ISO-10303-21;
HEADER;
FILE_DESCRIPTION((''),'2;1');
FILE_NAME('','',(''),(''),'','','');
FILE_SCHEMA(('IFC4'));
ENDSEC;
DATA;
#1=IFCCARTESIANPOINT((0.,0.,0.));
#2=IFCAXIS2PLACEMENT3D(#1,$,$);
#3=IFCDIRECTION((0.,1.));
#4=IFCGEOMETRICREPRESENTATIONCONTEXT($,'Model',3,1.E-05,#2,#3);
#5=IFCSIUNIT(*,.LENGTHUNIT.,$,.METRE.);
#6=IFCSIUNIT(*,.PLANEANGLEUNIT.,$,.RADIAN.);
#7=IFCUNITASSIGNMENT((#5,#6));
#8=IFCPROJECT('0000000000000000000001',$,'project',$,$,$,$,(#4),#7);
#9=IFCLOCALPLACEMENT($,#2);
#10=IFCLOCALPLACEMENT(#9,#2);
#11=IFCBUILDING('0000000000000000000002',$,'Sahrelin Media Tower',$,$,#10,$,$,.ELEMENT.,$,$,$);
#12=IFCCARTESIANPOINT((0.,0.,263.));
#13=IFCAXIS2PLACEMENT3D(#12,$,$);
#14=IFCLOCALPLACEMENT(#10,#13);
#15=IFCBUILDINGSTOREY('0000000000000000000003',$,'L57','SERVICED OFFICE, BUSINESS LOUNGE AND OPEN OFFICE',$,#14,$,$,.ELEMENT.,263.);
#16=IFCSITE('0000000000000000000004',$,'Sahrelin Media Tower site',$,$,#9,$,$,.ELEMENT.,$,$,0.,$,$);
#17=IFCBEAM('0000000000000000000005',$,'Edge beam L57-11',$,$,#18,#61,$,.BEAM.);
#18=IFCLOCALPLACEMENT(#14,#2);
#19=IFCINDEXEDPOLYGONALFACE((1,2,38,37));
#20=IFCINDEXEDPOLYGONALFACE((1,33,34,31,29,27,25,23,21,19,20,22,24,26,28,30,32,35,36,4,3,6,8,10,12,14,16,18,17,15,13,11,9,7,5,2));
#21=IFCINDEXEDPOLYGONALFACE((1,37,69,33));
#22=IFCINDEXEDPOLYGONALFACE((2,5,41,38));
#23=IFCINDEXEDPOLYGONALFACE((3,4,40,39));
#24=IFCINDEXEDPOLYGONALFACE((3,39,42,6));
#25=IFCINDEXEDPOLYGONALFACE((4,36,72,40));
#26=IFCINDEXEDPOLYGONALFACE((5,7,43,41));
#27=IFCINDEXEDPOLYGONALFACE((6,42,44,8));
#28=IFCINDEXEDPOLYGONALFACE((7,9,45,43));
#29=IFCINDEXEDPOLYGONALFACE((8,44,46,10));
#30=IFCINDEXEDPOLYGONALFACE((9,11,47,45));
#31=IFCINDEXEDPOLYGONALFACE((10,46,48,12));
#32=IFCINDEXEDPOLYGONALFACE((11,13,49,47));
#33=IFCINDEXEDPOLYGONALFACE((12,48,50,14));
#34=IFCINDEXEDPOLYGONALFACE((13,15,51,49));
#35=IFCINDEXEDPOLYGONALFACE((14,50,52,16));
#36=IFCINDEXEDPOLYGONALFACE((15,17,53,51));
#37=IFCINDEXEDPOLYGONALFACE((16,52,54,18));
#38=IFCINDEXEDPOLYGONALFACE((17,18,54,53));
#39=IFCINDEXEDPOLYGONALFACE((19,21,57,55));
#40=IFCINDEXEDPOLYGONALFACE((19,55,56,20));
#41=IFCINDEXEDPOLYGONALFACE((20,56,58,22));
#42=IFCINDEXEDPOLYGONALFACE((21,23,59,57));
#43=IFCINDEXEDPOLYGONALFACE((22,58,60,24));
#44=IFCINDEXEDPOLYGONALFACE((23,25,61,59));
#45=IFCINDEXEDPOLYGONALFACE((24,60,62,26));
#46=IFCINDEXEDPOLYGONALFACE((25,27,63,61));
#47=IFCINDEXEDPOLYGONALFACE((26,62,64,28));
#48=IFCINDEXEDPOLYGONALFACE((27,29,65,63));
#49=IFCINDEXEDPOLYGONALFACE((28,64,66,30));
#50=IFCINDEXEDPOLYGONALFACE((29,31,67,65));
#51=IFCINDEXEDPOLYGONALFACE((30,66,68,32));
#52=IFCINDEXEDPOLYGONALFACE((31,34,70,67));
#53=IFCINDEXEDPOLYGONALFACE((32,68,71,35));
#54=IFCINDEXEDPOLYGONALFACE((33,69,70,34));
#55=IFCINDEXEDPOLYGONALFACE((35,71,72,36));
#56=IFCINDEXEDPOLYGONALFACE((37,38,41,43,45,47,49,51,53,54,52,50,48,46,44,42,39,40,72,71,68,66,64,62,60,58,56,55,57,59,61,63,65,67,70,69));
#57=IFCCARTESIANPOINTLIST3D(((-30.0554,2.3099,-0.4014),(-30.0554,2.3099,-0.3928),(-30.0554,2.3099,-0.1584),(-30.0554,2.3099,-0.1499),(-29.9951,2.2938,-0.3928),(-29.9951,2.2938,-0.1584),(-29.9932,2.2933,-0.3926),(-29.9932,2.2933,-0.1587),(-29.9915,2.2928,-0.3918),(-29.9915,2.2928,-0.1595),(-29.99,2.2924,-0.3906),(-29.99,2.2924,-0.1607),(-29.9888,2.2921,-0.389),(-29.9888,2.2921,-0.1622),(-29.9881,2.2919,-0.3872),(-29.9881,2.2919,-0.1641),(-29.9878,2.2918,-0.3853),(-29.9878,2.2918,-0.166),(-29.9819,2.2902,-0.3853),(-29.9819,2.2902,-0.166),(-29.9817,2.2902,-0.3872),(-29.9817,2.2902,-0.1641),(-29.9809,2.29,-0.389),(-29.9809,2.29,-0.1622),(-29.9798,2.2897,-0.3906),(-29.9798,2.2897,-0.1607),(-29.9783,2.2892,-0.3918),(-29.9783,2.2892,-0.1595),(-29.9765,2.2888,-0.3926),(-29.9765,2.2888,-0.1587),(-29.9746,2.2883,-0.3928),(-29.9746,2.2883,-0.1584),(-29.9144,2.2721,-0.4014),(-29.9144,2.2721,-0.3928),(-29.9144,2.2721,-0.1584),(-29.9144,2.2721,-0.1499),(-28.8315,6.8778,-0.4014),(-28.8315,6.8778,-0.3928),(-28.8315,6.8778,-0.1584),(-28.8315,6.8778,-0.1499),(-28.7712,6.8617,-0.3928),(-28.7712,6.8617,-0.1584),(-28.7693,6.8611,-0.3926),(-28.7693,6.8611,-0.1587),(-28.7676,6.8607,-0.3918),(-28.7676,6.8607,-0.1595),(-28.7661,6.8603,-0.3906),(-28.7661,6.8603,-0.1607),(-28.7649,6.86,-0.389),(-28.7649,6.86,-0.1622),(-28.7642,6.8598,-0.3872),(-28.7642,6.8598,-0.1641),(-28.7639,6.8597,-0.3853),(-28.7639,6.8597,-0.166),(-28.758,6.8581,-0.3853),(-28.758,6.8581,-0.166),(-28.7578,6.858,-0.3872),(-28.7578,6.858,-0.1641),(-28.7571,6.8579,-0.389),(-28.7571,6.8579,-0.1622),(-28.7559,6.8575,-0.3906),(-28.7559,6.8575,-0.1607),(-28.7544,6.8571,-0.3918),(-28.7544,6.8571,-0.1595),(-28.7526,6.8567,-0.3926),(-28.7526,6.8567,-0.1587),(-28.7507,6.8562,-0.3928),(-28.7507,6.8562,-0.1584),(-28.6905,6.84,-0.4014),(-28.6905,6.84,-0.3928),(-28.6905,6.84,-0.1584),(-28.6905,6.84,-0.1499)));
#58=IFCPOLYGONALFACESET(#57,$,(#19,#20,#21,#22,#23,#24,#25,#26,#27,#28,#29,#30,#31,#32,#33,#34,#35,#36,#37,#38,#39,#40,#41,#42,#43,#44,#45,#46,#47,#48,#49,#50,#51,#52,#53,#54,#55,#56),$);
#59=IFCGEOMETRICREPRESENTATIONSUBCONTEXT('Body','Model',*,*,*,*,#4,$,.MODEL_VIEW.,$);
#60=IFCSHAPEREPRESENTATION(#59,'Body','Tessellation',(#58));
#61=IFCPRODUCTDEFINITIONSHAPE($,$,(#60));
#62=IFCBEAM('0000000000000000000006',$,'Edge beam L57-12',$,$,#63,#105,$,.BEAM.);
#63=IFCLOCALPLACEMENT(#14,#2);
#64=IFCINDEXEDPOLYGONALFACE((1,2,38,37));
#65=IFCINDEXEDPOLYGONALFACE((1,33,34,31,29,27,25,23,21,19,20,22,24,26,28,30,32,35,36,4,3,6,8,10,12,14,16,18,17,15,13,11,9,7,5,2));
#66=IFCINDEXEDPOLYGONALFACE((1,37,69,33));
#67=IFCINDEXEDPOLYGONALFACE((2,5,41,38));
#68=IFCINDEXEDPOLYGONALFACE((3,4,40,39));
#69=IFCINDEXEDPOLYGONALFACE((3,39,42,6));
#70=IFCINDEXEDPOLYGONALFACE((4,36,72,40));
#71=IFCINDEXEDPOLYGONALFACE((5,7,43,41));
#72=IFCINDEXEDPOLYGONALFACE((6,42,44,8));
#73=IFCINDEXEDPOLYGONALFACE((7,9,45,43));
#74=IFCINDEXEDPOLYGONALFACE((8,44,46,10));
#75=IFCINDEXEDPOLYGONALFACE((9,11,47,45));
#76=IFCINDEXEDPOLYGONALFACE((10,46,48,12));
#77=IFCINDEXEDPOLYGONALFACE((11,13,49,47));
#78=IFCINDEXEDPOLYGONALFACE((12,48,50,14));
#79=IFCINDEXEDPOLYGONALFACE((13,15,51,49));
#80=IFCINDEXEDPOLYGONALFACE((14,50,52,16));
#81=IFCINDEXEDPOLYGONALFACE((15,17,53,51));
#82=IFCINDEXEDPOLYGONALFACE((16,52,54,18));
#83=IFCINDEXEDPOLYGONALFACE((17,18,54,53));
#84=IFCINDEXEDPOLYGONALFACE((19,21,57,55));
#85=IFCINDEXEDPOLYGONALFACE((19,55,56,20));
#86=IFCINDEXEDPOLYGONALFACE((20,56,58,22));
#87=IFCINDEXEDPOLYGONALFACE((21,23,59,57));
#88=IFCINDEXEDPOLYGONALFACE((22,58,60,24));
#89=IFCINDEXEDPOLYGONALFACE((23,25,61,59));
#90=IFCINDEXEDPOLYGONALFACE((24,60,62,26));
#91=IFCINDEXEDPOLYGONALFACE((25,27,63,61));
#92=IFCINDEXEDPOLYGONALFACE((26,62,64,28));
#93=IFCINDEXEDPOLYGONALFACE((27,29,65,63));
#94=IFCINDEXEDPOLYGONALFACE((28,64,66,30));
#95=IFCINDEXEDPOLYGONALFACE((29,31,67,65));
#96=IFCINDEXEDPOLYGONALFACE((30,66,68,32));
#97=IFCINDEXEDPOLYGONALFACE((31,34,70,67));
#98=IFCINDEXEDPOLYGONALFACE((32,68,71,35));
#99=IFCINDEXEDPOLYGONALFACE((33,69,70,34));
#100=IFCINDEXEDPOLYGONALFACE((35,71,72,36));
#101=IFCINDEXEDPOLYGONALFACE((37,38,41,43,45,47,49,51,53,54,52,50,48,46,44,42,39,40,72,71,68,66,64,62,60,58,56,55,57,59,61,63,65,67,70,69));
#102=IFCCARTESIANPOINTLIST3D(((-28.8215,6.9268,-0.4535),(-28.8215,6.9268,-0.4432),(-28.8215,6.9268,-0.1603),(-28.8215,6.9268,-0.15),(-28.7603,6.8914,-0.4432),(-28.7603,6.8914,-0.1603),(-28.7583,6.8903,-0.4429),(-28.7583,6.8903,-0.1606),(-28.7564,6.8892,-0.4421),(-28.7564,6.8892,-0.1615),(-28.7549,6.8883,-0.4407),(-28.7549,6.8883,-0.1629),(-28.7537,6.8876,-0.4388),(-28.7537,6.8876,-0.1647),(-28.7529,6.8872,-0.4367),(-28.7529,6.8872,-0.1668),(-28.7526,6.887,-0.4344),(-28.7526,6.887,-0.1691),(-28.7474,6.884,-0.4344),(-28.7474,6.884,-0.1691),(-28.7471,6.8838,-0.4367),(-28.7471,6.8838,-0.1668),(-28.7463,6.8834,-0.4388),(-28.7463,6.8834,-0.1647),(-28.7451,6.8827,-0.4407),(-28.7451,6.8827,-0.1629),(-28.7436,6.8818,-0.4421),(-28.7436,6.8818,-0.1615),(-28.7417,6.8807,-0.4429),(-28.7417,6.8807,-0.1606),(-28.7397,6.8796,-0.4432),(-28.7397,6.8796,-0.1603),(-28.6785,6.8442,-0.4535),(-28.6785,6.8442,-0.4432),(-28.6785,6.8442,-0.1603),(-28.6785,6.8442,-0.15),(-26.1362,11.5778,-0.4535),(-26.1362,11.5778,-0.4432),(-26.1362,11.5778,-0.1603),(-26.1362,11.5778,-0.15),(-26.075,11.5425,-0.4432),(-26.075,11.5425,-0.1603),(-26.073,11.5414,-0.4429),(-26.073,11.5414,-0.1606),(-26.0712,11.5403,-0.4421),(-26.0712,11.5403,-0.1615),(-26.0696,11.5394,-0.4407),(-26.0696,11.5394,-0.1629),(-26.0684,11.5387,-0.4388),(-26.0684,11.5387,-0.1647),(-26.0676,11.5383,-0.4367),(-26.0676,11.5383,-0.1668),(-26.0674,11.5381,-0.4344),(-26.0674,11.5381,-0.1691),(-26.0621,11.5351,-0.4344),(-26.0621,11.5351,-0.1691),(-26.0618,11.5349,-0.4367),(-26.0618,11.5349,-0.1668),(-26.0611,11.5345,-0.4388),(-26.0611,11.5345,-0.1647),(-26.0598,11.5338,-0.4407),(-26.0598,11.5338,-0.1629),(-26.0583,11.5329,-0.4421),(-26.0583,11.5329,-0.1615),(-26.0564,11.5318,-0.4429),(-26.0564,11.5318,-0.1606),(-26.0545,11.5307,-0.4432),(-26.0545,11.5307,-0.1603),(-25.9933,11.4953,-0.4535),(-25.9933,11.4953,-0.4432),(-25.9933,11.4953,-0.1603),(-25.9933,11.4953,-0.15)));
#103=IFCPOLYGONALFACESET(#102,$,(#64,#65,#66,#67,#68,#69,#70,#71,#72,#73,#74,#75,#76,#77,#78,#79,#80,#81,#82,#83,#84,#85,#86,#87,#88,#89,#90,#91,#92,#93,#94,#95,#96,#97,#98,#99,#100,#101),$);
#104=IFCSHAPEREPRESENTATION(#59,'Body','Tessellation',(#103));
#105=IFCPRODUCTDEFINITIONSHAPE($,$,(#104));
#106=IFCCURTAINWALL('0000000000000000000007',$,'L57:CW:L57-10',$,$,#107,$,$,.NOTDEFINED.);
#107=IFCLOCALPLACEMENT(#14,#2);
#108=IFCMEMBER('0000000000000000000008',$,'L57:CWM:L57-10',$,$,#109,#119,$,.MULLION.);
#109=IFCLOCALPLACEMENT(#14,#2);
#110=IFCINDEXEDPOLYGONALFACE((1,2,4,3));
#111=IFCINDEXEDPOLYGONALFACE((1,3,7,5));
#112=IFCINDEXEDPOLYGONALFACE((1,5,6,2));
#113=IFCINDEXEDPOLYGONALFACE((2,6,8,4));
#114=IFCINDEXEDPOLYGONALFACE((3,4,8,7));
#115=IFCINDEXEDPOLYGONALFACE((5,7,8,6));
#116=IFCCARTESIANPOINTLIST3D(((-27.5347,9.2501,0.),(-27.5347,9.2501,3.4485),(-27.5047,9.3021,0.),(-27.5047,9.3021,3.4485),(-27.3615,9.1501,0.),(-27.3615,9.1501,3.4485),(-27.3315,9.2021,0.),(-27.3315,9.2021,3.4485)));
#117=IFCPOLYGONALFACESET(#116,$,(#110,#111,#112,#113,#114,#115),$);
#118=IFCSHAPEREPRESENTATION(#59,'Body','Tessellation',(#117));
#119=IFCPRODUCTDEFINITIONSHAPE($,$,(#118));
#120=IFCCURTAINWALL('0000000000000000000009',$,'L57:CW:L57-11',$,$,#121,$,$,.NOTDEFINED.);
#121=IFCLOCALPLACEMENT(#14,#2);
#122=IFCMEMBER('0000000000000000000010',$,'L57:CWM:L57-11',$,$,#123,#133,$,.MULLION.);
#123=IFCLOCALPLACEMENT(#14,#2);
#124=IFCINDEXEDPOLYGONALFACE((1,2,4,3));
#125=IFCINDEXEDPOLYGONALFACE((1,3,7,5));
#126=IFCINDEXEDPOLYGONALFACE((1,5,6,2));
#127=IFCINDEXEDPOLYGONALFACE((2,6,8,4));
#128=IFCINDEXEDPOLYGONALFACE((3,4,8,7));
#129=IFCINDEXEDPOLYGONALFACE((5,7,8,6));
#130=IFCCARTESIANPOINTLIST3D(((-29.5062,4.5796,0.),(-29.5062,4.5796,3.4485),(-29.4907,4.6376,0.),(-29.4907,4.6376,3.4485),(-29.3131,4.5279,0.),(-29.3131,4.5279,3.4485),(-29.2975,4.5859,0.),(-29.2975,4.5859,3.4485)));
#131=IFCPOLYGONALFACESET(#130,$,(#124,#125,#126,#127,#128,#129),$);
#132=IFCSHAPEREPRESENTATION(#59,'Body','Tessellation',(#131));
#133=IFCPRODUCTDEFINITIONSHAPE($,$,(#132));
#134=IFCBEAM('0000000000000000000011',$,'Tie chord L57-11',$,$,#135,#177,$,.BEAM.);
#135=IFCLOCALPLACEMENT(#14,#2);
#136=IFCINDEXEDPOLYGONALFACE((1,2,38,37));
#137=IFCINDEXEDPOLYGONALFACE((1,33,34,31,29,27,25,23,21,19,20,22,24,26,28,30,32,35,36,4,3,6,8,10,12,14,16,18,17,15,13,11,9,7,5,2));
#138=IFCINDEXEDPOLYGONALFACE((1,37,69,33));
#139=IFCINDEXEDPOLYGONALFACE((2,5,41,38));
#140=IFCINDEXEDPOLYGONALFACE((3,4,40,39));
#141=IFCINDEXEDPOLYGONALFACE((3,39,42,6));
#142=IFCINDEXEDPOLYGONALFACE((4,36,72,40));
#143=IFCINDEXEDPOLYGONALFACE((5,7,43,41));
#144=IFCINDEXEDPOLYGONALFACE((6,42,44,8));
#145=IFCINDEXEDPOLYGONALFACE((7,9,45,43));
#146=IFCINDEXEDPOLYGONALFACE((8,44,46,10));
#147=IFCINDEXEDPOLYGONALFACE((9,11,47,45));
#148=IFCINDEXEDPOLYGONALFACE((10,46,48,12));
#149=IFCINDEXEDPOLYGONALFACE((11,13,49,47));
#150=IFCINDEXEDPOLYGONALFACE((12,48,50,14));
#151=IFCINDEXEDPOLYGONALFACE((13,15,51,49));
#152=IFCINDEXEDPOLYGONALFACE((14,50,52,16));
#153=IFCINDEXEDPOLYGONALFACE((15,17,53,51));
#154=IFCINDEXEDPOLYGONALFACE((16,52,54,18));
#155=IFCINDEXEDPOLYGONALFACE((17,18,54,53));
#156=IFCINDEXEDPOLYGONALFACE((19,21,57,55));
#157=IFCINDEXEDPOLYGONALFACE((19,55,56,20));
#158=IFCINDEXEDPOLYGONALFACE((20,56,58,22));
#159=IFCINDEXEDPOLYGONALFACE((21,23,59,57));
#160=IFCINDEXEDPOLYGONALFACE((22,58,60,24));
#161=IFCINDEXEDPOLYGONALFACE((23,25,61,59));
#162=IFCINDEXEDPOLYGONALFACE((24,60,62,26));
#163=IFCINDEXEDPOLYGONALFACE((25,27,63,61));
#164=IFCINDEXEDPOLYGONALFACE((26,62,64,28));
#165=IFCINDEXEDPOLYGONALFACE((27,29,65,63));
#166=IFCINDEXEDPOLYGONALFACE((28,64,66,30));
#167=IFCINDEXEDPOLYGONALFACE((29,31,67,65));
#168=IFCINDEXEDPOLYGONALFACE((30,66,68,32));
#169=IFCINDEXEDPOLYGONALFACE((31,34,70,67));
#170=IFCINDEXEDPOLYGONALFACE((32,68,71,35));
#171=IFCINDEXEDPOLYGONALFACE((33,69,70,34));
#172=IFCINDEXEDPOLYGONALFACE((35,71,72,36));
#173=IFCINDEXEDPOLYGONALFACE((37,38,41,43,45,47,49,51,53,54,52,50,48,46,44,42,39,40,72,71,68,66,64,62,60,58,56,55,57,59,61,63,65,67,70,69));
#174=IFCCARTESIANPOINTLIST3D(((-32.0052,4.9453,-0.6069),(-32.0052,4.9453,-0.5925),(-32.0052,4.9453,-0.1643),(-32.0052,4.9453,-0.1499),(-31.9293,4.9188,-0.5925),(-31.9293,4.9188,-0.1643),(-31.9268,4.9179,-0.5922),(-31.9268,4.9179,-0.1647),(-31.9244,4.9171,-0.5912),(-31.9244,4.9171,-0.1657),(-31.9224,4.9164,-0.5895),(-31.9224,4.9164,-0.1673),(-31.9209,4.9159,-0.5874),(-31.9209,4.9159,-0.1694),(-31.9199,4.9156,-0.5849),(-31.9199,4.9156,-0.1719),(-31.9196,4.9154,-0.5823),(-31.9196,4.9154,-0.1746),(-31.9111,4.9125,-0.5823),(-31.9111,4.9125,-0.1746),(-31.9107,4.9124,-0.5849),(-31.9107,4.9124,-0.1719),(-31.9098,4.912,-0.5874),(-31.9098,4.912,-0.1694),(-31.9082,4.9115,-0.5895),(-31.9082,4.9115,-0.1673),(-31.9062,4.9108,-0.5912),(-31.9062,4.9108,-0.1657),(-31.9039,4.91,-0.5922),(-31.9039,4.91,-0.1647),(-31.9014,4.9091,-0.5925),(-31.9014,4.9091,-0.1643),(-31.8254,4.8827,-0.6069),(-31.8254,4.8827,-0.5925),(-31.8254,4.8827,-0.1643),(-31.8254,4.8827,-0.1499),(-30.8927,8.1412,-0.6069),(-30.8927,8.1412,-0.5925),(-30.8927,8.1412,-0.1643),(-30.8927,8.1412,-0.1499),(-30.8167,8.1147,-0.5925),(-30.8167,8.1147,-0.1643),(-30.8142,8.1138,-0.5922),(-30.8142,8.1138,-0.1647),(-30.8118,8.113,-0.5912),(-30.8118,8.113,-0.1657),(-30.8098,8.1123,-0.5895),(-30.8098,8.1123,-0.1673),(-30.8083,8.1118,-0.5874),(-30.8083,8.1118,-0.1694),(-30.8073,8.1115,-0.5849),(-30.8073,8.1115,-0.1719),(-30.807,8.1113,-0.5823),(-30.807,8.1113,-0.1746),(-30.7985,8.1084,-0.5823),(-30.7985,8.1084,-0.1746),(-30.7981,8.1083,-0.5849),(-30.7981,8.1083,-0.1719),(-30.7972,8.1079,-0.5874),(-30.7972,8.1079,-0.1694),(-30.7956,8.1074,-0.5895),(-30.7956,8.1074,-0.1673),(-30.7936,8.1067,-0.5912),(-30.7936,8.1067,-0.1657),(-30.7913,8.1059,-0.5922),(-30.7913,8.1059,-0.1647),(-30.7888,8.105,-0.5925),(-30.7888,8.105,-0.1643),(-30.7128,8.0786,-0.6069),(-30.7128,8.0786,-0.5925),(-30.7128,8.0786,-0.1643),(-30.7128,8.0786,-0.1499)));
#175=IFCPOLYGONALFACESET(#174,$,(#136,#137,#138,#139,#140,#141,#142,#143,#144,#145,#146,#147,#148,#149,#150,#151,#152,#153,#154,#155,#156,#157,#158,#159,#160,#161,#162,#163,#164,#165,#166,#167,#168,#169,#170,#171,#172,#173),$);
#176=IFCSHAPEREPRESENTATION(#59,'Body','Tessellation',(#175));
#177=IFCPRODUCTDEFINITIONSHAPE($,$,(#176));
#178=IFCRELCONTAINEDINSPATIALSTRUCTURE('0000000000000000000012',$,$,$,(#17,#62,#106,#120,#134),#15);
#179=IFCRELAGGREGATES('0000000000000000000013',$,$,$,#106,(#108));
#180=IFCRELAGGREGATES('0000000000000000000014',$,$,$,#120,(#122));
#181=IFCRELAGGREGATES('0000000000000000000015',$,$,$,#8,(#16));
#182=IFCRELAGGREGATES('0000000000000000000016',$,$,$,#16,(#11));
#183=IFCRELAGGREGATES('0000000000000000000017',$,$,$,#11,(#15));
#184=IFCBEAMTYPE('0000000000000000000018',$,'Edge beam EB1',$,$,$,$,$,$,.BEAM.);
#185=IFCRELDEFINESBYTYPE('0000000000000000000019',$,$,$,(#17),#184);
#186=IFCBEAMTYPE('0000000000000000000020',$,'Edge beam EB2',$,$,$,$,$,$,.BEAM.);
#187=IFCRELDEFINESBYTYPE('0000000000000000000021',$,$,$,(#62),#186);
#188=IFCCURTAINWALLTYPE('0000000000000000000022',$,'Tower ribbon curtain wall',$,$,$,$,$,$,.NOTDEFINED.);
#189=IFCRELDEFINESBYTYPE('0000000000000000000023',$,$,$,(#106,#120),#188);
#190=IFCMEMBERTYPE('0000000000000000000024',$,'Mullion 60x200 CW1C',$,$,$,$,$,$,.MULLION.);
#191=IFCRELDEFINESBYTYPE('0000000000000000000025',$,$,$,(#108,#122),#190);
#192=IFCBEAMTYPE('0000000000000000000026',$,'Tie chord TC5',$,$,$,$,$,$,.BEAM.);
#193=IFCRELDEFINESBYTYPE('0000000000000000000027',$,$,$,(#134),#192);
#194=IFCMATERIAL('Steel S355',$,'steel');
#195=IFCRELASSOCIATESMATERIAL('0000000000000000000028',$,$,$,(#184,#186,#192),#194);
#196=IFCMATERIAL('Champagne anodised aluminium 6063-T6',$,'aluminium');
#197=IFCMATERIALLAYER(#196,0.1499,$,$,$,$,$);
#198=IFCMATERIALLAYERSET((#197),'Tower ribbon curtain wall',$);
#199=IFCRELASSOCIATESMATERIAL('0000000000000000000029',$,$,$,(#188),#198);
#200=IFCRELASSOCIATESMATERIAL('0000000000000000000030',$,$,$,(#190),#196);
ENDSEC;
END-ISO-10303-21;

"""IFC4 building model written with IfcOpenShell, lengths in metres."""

from ifc_helpers import new_model, si_unit, direction, frame, origin, origin_2d, place, context, subcontext, project, spatial, rectangle, i_section, extrude, material, layer, layer_set, material_profile, profile_set, type_object, element, aggregate, save


model = new_model("IFC4")

# Units and contexts
model_context = context("Model", 3, precision=1e-05, world=origin(), true_north=direction((0.0, 1.0)))
body_context = subcontext(model_context, "Body", "Model", "MODEL_VIEW")
ifc_project = project(units=[si_unit("LENGTHUNIT", "METRE"), si_unit("PLANEANGLEUNIT", "RADIAN")], contexts=[model_context])

# Site, building, storey
site_placement = place(None, origin())
site = spatial("IfcSite", under=ifc_project, at=site_placement, Name="Sahrelin Media Tower site", CompositionType="ELEMENT", RefElevation=0.0)
building_placement = place(site_placement, origin())
building = spatial("IfcBuilding", under=site, at=building_placement, Name="Sahrelin Media Tower", CompositionType="ELEMENT")
storey_placement = place(building_placement, frame((0.0, 0.0, 263.0)))
storey = spatial("IfcBuildingStorey", under=building, at=storey_placement, Name="L57", Description="SERVICED OFFICE, BUSINESS LOUNGE AND OPEN OFFICE", CompositionType="ELEMENT", Elevation=263.0)

# Beams
ifc_material_1 = material(Name="Steel S355", Category="steel")
ifc_material_profile_1 = material_profile(ifc_material_1, i_section(OverallWidth=0.146, OverallDepth=0.2515, WebThickness=0.0061, FlangeThickness=0.0085, FilletRadius=0.0076, at=origin_2d()), Name="UB 254x146x31")
ifc_profile_set_1 = profile_set([ifc_material_profile_1], Name="Steel S355")
beam_type_1 = type_object("IfcBeamType", Name="Edge beam EB1", PredefinedType="BEAM", material=ifc_profile_set_1)
beam_1_placement = place(storey_placement, frame((-29.9849, 2.291, -0.2756), z_axis=(0.258803, 0.96593, 0.0), x_axis=(-0.96593, 0.258803, 0.0)))
element("IfcBeam", 1, at=beam_1_placement, inside=storey, type_object=beam_type_1, Name="Edge beam L57-11", PredefinedType="BEAM", context=body_context, shape_type="SweptSolid", body=[
    extrude(i_section(OverallWidth=0.146, OverallDepth=0.2515, WebThickness=0.0061, FlangeThickness=0.0085, FilletRadius=0.0076, at=origin_2d()), origin(), (0.0, 0.0, 1.0), 4.729),
])
ifc_material_profile_2 = material_profile(ifc_material_1, i_section(OverallWidth=0.165, OverallDepth=0.3035, WebThickness=0.0061, FlangeThickness=0.0103, FilletRadius=0.0088, at=origin_2d()), Name="UB 305x165x40")
ifc_profile_set_2 = profile_set([ifc_material_profile_2], Name="Steel S355")
beam_type_2 = type_object("IfcBeamType", Name="Edge beam EB2", PredefinedType="BEAM", material=ifc_profile_set_2)
beam_2_placement = place(storey_placement, frame((-28.75, 6.8855, -0.3018), z_axis=(0.499997, 0.866027, 0.0), x_axis=(-0.866027, 0.499997, 0.0)))
element("IfcBeam", 2, at=beam_2_placement, inside=storey, type_object=beam_type_2, Name="Edge beam L57-12", PredefinedType="BEAM", context=body_context, shape_type="SweptSolid", body=[
    extrude(i_section(OverallWidth=0.165, OverallDepth=0.3035, WebThickness=0.0061, FlangeThickness=0.0103, FilletRadius=0.0088, at=origin_2d()), origin(), (0.0, 0.0, 1.0), 5.3706),
])

# Curtain walls, members
ifc_material_2 = material(Name="Champagne anodised aluminium 6063-T6", Category="aluminium")
ifc_layer_1 = layer(ifc_material_2, 0.1499)
ifc_layer_set_1 = layer_set([ifc_layer_1], Name="Tower ribbon curtain wall")
curtain_wall_type = type_object("IfcCurtainWallType", Name="Tower ribbon curtain wall", PredefinedType="NOTDEFINED", material=ifc_layer_set_1)
curtain_wall_1_placement = place(storey_placement, frame((-27.5371, 9.2859, 0.0), z_axis=(0.0, 0.0, 1.0), x_axis=(1.0, 0.0, 0.0)))
curtain_wall_1 = element("IfcCurtainWall", 3, at=curtain_wall_1_placement, inside=storey, type_object=curtain_wall_type, Name="L57:CW:L57-10", PredefinedType="NOTDEFINED")
ifc_material_profile_3 = material_profile(ifc_material_2, rectangle(XDim=0.0601, YDim=0.2, at=origin_2d()), Name="Mullion 60x200")
ifc_profile_set_3 = profile_set([ifc_material_profile_3], Name="Champagne anodised aluminium 6063-T6")
member_type_1 = type_object("IfcMemberType", Name="Mullion 60x200 CW1C", PredefinedType="MULLION", material=ifc_profile_set_3)
member_1_placement = place(storey_placement, frame((-27.4331, 9.2261, 0.0), z_axis=(0.0, 0.0, 1.0), x_axis=(-0.500002, -0.866025, 0.0)))
member_1 = element("IfcMember", 4, at=member_1_placement, type_object=member_type_1, Name="L57:CWM:L57-10", PredefinedType="MULLION", context=body_context, shape_type="SweptSolid", body=[
    extrude(rectangle(XDim=0.0601, YDim=0.2, at=origin_2d()), origin(), (0.0, 0.0, 1.0), 3.4485),
])
aggregate(curtain_wall_1, [member_1])
curtain_wall_2_placement = place(storey_placement, frame((-29.5176, 4.6138, 0.0), z_axis=(0.0, 0.0, 1.0), x_axis=(1.0, 0.0, 0.0)))
curtain_wall_2 = element("IfcCurtainWall", 5, at=curtain_wall_2_placement, inside=storey, type_object=curtain_wall_type, Name="L57:CW:L57-11", PredefinedType="NOTDEFINED")
member_2_placement = place(storey_placement, frame((-29.4019, 4.5828, 0.0), z_axis=(0.0, 0.0, 1.0), x_axis=(-0.258807, -0.965929, 0.0)))
member_2 = element("IfcMember", 6, at=member_2_placement, type_object=member_type_1, Name="L57:CWM:L57-11", PredefinedType="MULLION", context=body_context, shape_type="SweptSolid", body=[
    extrude(rectangle(XDim=0.0601, YDim=0.2, at=origin_2d()), origin(), (0.0, 0.0, 1.0), 3.4485),
])

# Beam
ifc_material_profile_4 = material_profile(ifc_material_1, i_section(OverallWidth=0.1904, OverallDepth=0.457, WebThickness=0.009, FlangeThickness=0.0144, FilletRadius=0.0103, at=origin_2d()), Name="UB 457x191x74")
ifc_profile_set_4 = profile_set([ifc_material_profile_4], Name="Steel S355")
beam_type_3 = type_object("IfcBeamType", Name="Tie chord TC5", PredefinedType="BEAM", material=ifc_profile_set_4)
beam_3_placement = place(storey_placement, frame((-30.8027, 8.1099, -0.3784), z_axis=(-0.328775, -0.944408, 0.0), x_axis=(0.944408, -0.328775, 0.0)))
element("IfcBeam", 7, at=beam_3_placement, inside=storey, type_object=beam_type_3, Name="Tie chord L57-11", PredefinedType="BEAM", context=body_context, shape_type="SweptSolid", body=[
    extrude(i_section(OverallWidth=0.1904, OverallDepth=0.457, WebThickness=0.009, FlangeThickness=0.0144, FilletRadius=0.0103, at=origin_2d()), origin(), (0.0, 0.0, 1.0), 3.384),
])

aggregate(curtain_wall_2, [member_2])

save(model, "model.ifc")
